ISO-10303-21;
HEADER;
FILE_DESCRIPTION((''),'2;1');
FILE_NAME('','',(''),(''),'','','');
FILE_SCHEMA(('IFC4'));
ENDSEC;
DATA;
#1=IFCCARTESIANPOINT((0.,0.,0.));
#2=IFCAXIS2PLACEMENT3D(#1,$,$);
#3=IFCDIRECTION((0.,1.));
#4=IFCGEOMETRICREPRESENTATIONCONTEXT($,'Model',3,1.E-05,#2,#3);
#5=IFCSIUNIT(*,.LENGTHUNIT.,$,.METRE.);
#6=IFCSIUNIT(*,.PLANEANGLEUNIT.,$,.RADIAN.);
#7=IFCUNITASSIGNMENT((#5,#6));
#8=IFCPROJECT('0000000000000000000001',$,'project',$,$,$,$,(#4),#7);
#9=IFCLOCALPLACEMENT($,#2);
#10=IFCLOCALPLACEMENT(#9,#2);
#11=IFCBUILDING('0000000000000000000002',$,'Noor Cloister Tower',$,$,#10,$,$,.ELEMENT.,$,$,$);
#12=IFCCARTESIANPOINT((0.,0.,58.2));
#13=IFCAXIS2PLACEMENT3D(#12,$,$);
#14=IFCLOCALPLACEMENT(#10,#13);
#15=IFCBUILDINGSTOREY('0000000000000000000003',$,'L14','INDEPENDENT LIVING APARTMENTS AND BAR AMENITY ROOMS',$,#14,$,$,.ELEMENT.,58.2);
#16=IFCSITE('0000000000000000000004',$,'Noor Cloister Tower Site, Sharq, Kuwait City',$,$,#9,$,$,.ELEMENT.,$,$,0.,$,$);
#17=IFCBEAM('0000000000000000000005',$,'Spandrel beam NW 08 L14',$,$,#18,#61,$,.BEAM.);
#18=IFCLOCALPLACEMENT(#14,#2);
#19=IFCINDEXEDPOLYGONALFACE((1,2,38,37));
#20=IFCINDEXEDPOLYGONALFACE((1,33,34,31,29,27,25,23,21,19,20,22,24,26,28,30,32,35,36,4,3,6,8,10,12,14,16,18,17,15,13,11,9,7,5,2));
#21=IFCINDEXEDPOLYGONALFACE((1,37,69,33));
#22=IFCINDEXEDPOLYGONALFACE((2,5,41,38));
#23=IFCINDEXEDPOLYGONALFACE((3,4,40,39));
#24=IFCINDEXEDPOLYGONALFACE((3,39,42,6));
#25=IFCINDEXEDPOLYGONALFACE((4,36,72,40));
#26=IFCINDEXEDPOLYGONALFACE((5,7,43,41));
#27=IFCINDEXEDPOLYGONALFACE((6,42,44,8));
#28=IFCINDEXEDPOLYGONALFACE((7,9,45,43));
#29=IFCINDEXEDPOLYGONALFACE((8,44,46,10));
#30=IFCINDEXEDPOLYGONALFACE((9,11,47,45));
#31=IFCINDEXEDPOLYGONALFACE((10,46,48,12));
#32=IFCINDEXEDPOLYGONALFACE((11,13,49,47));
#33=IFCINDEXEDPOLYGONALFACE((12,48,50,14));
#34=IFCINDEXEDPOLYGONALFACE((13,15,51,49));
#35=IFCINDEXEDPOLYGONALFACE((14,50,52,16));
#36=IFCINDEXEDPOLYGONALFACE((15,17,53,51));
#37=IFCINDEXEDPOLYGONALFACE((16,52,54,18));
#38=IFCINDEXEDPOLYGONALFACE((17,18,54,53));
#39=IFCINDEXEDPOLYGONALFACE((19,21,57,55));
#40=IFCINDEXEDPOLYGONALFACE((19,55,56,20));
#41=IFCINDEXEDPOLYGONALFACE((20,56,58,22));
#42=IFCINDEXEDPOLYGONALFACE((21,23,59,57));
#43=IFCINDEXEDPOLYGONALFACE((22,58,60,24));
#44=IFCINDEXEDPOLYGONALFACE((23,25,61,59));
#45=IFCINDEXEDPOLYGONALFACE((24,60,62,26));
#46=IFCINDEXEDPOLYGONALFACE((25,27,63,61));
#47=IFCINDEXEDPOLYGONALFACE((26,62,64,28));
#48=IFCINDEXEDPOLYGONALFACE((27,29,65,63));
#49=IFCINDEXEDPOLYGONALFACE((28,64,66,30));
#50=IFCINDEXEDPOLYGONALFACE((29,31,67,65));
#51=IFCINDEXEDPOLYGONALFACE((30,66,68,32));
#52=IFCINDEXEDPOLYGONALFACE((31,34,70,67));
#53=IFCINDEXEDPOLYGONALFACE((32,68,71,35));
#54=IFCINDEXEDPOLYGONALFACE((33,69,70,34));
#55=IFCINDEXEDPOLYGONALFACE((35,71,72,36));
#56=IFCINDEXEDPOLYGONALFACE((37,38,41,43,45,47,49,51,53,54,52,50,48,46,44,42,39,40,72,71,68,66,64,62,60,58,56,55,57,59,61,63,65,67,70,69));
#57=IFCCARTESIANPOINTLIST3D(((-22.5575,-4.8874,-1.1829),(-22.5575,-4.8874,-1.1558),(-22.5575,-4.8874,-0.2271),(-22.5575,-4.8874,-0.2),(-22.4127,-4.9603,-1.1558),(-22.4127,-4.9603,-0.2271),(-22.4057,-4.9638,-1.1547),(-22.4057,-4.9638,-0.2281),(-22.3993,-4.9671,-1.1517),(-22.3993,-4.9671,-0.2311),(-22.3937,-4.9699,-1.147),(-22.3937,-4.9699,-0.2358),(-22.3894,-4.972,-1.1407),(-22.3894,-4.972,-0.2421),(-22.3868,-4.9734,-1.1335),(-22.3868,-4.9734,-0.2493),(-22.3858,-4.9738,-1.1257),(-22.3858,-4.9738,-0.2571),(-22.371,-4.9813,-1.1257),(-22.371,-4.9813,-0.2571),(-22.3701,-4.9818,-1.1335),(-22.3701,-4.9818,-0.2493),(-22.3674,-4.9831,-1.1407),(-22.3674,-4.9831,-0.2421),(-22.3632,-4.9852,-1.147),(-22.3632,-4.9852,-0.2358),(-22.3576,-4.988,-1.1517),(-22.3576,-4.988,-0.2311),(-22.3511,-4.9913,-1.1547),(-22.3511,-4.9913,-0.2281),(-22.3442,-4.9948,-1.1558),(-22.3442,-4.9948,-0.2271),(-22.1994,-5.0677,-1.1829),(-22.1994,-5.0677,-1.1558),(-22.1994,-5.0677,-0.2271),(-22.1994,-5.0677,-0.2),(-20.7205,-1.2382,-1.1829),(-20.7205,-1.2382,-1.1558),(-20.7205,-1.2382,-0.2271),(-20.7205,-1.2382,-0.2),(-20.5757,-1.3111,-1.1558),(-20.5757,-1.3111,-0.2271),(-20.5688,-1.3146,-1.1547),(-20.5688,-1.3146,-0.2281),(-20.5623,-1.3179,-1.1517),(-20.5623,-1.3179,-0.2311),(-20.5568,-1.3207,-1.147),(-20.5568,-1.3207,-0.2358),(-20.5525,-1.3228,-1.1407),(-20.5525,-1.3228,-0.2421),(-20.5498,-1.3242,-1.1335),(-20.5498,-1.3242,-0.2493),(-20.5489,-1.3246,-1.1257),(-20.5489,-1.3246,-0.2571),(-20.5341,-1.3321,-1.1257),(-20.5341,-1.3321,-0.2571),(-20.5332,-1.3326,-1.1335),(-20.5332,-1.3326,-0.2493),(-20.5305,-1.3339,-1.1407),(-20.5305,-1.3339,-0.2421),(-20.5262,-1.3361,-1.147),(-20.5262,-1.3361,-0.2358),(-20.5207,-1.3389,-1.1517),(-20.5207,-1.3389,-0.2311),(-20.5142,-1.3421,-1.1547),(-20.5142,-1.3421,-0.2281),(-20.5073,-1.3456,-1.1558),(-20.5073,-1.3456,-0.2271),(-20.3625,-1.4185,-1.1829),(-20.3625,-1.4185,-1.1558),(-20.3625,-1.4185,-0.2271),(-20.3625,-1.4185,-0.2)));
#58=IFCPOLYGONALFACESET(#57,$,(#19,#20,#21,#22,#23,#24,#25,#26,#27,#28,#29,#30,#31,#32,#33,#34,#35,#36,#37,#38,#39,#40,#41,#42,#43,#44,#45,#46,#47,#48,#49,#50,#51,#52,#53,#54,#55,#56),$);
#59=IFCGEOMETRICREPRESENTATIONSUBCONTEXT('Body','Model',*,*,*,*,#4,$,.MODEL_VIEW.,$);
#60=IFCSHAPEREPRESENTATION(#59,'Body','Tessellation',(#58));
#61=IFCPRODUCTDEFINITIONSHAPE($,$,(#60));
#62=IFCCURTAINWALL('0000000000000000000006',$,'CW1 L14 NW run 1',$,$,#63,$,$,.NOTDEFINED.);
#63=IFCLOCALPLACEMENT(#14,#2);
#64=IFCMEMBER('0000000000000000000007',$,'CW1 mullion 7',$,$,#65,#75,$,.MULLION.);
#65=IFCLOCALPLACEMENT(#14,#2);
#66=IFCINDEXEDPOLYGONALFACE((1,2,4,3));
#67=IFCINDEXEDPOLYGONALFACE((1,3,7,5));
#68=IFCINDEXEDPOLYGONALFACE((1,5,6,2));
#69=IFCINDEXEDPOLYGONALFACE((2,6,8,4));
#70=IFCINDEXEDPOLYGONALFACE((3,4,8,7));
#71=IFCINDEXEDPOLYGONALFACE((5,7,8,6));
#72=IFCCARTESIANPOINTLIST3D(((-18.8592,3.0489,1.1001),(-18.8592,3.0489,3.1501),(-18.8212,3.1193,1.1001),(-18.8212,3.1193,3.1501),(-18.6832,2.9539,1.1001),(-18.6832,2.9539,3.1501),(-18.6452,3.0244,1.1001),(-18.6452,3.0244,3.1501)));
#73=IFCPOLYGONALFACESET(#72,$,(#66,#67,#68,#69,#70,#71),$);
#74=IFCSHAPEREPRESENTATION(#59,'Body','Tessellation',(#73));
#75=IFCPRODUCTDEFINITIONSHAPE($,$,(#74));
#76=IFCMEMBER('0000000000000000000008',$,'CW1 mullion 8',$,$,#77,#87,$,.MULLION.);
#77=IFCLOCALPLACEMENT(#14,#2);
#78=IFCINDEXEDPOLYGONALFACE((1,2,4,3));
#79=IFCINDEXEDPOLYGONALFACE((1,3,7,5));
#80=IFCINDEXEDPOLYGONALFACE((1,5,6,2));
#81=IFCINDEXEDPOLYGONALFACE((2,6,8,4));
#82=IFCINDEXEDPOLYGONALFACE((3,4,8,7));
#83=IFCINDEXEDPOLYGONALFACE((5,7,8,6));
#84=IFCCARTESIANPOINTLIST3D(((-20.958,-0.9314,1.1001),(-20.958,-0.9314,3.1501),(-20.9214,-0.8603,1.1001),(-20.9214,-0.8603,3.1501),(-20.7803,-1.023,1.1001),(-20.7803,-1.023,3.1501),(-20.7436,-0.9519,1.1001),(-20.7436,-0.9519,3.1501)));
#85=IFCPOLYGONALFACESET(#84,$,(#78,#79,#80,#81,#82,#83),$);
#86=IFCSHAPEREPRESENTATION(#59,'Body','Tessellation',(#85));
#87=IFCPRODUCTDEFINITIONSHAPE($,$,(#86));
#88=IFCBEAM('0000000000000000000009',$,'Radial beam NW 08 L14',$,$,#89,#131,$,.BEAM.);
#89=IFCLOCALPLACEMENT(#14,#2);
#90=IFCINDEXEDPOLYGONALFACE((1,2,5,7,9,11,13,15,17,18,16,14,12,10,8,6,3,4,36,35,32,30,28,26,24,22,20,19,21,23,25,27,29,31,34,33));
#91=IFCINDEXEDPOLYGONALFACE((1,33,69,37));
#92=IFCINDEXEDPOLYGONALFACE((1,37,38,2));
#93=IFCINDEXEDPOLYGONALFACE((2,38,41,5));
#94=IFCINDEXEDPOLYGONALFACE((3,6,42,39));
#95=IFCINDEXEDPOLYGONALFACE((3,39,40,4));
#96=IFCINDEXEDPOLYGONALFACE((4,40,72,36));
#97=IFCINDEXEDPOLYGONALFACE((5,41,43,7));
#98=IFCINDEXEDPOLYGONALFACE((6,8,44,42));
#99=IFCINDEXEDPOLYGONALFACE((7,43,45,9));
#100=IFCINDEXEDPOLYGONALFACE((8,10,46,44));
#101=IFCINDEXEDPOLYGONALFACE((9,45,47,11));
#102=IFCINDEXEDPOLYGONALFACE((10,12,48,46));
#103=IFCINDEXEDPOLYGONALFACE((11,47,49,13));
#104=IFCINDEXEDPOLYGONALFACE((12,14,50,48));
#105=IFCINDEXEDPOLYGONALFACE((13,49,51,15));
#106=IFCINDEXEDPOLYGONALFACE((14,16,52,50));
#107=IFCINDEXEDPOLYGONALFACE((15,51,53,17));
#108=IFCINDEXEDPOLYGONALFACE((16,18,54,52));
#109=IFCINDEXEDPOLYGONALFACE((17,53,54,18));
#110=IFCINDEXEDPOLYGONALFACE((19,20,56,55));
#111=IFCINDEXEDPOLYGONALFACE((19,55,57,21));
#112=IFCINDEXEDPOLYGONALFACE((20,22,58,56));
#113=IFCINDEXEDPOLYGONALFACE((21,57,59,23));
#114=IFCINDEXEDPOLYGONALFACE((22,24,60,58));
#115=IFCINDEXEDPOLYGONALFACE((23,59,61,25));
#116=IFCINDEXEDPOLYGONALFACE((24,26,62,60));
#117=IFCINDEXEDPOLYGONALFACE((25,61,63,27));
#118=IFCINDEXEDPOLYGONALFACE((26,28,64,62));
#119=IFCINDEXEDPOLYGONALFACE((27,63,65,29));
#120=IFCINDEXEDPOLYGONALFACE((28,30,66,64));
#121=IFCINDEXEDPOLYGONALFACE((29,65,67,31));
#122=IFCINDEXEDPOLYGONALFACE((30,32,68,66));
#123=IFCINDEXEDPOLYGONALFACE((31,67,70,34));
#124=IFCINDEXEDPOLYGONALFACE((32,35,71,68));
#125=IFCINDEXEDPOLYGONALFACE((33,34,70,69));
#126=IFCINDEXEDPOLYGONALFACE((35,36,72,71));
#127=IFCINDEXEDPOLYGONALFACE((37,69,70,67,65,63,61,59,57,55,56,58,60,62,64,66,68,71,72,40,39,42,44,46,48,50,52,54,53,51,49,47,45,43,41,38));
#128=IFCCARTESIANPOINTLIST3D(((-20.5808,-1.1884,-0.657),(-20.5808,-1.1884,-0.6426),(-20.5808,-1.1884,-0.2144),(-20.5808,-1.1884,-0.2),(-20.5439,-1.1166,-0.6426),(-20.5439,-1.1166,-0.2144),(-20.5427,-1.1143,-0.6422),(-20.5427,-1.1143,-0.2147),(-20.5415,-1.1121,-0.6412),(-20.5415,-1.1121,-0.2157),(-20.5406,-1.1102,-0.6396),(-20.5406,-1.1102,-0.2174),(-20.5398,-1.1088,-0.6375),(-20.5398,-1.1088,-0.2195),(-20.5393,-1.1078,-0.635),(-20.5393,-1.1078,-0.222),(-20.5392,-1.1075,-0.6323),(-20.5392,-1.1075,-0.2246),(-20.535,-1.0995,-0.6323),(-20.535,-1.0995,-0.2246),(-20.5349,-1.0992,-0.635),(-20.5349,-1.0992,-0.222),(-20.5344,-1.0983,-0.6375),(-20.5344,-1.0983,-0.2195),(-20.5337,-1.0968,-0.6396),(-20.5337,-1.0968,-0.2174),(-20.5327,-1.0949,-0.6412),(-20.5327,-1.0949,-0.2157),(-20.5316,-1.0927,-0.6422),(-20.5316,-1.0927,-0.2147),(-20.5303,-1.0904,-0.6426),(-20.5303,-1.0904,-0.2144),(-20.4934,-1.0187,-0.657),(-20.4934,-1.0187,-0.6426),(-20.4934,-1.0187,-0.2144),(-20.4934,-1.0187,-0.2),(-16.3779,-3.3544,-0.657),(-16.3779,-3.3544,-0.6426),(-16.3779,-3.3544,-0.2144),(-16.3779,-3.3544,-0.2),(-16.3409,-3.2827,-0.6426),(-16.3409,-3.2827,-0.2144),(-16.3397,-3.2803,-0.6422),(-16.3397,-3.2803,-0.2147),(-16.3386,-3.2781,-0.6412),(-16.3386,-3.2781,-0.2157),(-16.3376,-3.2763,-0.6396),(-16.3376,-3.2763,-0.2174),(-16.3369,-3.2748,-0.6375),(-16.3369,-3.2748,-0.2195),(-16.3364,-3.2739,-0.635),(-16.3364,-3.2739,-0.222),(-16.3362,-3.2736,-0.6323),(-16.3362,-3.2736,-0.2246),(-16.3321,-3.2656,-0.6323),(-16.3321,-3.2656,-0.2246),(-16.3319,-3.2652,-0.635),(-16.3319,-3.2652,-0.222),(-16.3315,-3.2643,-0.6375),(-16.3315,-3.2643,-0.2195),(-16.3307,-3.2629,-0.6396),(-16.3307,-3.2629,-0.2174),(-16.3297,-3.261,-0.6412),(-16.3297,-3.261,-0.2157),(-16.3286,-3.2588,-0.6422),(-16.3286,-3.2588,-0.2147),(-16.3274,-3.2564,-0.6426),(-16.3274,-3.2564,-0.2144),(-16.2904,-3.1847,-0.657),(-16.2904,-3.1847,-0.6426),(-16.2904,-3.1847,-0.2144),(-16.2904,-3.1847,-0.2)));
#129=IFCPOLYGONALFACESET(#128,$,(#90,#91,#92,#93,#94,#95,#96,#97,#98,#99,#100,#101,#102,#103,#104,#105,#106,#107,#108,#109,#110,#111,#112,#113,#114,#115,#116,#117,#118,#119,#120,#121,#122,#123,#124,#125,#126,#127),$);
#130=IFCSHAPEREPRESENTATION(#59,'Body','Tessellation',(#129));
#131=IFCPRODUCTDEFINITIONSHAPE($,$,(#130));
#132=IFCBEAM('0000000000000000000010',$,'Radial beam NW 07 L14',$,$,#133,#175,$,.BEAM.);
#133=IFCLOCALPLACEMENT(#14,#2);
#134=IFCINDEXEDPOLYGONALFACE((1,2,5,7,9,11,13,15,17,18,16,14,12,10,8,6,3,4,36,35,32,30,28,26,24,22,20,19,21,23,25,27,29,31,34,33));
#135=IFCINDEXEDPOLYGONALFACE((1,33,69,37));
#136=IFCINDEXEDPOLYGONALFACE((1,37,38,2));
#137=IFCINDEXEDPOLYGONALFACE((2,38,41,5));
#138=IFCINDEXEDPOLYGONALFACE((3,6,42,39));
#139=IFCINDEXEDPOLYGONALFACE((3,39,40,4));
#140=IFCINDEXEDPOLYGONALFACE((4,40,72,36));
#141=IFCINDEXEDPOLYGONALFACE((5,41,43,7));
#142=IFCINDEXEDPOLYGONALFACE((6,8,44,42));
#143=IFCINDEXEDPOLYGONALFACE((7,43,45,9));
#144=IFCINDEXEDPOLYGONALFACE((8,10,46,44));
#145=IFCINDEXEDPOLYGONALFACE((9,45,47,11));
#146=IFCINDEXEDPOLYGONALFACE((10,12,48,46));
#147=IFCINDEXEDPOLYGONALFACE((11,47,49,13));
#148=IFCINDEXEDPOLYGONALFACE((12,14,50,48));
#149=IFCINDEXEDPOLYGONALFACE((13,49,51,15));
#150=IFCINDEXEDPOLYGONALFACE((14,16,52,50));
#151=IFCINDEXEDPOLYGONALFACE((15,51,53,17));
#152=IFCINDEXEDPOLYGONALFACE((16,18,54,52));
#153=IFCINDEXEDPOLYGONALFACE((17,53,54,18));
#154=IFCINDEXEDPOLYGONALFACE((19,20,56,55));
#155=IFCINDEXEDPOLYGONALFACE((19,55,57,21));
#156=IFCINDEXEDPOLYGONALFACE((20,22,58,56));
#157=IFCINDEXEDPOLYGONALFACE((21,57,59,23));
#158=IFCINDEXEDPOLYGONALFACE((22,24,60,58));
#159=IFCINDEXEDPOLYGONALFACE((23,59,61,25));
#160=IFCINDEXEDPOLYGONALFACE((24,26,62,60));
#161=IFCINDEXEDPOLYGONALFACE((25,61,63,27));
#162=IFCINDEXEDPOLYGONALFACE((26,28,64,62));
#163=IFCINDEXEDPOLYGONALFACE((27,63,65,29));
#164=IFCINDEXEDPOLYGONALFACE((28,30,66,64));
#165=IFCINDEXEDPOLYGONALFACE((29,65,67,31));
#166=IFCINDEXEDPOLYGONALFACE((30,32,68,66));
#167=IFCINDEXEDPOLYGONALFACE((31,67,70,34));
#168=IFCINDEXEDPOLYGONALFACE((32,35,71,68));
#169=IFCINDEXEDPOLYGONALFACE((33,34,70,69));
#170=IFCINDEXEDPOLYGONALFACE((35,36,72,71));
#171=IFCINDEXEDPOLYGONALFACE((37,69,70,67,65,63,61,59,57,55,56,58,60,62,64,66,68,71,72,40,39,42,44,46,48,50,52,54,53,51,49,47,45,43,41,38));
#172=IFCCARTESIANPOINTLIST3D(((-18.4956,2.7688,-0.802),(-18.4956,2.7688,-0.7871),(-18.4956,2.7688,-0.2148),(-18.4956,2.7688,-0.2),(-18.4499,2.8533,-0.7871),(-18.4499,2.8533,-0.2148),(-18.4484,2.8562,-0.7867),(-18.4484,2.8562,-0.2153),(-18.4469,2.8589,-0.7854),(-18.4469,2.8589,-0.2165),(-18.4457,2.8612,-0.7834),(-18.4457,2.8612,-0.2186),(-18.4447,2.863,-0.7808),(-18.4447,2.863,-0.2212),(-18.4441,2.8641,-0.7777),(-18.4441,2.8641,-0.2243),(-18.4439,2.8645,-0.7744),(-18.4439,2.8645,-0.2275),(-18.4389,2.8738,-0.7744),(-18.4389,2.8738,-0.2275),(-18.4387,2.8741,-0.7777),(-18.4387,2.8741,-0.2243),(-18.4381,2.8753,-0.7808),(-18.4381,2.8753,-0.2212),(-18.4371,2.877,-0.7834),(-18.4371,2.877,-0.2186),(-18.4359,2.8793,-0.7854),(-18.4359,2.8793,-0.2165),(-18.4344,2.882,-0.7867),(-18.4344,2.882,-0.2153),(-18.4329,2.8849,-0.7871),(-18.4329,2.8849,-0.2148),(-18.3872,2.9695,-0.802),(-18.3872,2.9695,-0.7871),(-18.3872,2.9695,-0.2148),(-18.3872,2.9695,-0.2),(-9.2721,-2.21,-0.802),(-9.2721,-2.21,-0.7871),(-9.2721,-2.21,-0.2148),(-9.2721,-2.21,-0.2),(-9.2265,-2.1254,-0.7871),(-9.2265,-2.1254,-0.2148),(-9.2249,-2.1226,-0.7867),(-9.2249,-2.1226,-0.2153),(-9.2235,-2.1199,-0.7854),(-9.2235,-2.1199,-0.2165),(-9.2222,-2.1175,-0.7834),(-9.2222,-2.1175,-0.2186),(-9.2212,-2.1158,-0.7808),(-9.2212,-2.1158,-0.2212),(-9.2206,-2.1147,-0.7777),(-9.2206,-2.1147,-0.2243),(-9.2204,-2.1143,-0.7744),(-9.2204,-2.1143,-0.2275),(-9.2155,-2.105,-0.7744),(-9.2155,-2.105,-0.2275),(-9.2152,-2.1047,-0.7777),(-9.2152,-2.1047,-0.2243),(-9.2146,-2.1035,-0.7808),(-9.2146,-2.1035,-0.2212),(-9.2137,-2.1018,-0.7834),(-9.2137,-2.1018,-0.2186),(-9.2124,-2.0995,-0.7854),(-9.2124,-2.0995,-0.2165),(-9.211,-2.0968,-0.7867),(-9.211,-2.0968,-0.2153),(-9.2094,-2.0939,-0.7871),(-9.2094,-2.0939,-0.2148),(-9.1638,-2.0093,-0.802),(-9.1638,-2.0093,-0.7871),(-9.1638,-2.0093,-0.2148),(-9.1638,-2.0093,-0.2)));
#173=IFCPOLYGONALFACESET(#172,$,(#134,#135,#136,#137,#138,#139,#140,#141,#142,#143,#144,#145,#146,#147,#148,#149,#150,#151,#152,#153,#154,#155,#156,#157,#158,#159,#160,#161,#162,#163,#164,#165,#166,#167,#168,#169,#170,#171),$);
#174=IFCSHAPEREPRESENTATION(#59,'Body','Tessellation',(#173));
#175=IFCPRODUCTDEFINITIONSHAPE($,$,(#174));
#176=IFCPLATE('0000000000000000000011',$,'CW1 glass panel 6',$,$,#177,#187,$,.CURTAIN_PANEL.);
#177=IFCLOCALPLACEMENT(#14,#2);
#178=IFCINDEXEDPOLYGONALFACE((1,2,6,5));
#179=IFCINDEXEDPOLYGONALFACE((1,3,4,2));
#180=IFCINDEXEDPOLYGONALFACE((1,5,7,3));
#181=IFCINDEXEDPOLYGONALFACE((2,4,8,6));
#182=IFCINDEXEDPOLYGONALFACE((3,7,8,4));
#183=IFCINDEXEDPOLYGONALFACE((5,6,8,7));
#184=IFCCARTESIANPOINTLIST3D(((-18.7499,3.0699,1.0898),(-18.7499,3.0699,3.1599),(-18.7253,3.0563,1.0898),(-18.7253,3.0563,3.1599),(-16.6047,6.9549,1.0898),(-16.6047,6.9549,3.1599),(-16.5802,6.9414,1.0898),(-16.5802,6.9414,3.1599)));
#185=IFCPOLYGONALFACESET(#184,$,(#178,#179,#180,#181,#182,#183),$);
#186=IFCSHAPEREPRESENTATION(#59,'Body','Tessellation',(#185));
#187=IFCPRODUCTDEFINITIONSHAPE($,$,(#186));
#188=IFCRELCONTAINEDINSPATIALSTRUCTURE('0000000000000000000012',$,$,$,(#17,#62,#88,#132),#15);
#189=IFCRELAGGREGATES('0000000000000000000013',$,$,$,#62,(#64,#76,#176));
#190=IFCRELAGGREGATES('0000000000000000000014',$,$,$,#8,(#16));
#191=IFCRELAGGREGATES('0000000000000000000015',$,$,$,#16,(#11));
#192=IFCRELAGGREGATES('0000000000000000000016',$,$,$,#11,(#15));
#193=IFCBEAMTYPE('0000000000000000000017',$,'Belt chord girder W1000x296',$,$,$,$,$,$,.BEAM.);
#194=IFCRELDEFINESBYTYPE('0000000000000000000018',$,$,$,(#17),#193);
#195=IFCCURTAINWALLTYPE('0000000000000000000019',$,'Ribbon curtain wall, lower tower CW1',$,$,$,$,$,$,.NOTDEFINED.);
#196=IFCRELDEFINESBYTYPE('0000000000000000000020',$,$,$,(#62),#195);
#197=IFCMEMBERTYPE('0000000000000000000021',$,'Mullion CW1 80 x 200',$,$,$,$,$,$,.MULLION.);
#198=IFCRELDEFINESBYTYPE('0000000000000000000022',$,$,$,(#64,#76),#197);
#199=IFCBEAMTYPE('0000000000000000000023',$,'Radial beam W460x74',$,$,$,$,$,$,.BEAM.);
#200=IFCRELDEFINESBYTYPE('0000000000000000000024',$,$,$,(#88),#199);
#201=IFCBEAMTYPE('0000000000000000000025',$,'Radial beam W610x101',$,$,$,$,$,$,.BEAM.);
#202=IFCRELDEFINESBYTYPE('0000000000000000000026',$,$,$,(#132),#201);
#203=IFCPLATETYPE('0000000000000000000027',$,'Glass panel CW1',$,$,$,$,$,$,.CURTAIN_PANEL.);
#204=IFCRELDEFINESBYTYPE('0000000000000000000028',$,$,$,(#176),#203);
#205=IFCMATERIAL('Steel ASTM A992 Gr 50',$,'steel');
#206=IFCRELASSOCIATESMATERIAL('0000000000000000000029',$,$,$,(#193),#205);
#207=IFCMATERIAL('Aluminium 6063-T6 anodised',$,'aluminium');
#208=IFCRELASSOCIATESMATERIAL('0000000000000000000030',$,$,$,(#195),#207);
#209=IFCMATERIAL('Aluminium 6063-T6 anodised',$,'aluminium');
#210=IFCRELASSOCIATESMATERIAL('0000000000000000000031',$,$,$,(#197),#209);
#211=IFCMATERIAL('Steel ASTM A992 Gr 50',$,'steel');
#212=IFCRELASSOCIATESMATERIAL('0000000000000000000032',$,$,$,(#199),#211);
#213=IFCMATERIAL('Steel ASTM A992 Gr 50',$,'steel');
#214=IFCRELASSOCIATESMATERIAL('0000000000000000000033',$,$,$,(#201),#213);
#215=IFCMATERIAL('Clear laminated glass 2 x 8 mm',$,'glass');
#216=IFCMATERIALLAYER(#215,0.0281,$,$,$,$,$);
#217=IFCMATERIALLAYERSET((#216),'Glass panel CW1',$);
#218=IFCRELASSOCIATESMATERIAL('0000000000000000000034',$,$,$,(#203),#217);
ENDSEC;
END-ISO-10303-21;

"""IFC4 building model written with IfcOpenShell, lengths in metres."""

from ifc_helpers import new_model, si_unit, direction, frame, origin, origin_2d, place, context, subcontext, project, spatial, rectangle, i_section, extrude, material, layer, layer_set, material_profile, profile_set, type_object, element, aggregate, save


model = new_model("IFC4")

# Units and contexts
model_context = context("Model", 3, precision=1e-05, world=origin(), true_north=direction((0.0, 1.0)))
body_context = subcontext(model_context, "Body", "Model", "MODEL_VIEW")
ifc_project = project(units=[si_unit("LENGTHUNIT", "METRE"), si_unit("PLANEANGLEUNIT", "RADIAN")], contexts=[model_context])

# Site, building, storey
site_placement = place(None, origin())
site = spatial("IfcSite", under=ifc_project, at=site_placement, Name="Noor Cloister Tower Site, Sharq, Kuwait City", CompositionType="ELEMENT", RefElevation=0.0)
building_placement = place(site_placement, origin())
building = spatial("IfcBuilding", under=site, at=building_placement, Name="Noor Cloister Tower", CompositionType="ELEMENT")
storey_placement = place(building_placement, frame((0.0, 0.0, 58.2)))
storey = spatial("IfcBuildingStorey", under=building, at=storey_placement, Name="L14", Description="INDEPENDENT LIVING APARTMENTS AND BAR AMENITY ROOMS", CompositionType="ELEMENT", Elevation=58.2)

# Beam
ifc_material_1 = material(Name="Steel ASTM A992 Gr 50", Category="steel")
ifc_material_profile_1 = material_profile(ifc_material_1, i_section(OverallWidth=0.4009, OverallDepth=0.9829, WebThickness=0.0166, FlangeThickness=0.0271, FilletRadius=0.03, at=origin_2d()), Name="W1000x296")
ifc_profile_set_1 = profile_set([ifc_material_profile_1], Name="Steel ASTM A992 Gr 50")
beam_type_1 = type_object("IfcBeamType", Name="Belt chord girder W1000x296", PredefinedType="BEAM", material=ifc_profile_set_1)
for number, where, z_axis, x_axis, name in (
    (1, (-20.5415, -1.3284, -0.6914), (-0.449626, -0.893217, 0.0), (0.893217, -0.449626, 0.0), "Spandrel beam NW 08 L14"),
):
    element("IfcBeam", number, at=place(storey_placement, frame(where, z_axis=z_axis, x_axis=x_axis)), inside=storey, type_object=beam_type_1, Name=name, PredefinedType="BEAM", context=body_context, shape_type="SweptSolid", body=[
        extrude(i_section(OverallWidth=0.4009, OverallDepth=0.9829, WebThickness=0.0166, FlangeThickness=0.0271, FilletRadius=0.03, at=origin_2d()), origin(), (0.0, 0.0, 1.0), 4.0854),
    ])

# Curtain wall, members
ifc_material_2 = material(Name="Aluminium 6063-T6 anodised", Category="aluminium")
curtain_wall_type = type_object("IfcCurtainWallType", Name="Ribbon curtain wall, lower tower CW1", PredefinedType="NOTDEFINED", material=ifc_material_2)
curtain_wall_placement = place(storey_placement, origin())
curtain_wall = element("IfcCurtainWall", 2, at=curtain_wall_placement, inside=storey, type_object=curtain_wall_type, Name="CW1 L14 NW run 1", PredefinedType="NOTDEFINED")
ifc_material_3 = material(Name="Aluminium 6063-T6 anodised", Category="aluminium")
ifc_material_profile_2 = material_profile(ifc_material_3, rectangle(XDim=0.2, YDim=0.0801, at=origin_2d()), Name="200 x 80 mullion")
ifc_profile_set_2 = profile_set([ifc_material_profile_2], Name="Aluminium 6063-T6 anodised")
member_type = type_object("IfcMemberType", Name="Mullion CW1 80 x 200", PredefinedType="MULLION", material=ifc_profile_set_2)
member_1_placement = place(storey_placement, frame((-18.7522, 3.0366, 1.1001), z_axis=(0.0, 0.0, 1.0), x_axis=(0.87999, -0.474991, 0.0)))
member_1 = element("IfcMember", 3, at=member_1_placement, type_object=member_type, Name="CW1 mullion 7", PredefinedType="MULLION", context=body_context, shape_type="SweptSolid", body=[
    extrude(rectangle(XDim=0.2, YDim=0.0801, at=origin_2d()), origin(), (0.0, 0.0, 1.0), 2.05),
])
member_2_placement = place(storey_placement, frame((-20.8508, -0.9417, 1.1001), z_axis=(0.0, 0.0, 1.0), x_axis=(0.8889, -0.458101, 0.0)))
member_2 = element("IfcMember", 4, at=member_2_placement, type_object=member_type, Name="CW1 mullion 8", PredefinedType="MULLION", context=body_context, shape_type="SweptSolid", body=[
    extrude(rectangle(XDim=0.2, YDim=0.0801, at=origin_2d()), origin(), (0.0, 0.0, 1.0), 2.05),
])

# Beams
ifc_material_4 = material(Name="Steel ASTM A992 Gr 50", Category="steel")
ifc_material_profile_3 = material_profile(ifc_material_4, i_section(OverallWidth=0.1909, OverallDepth=0.457, WebThickness=0.009, FlangeThickness=0.0144, FilletRadius=0.0103, at=origin_2d()), Name="W460x74")
ifc_profile_set_3 = profile_set([ifc_material_profile_3], Name="Steel ASTM A992 Gr 50")
beam_type_2 = type_object("IfcBeamType", Name="Radial beam W460x74", PredefinedType="BEAM", material=ifc_profile_set_3)
beam_1_placement = place(storey_placement, frame((-20.5371, -1.1035, -0.4285), z_axis=(0.888897, -0.458106, 0.0), x_axis=(0.458106, 0.888897, 0.0)))
element("IfcBeam", 5, at=beam_1_placement, inside=storey, type_object=beam_type_2, Name="Radial beam NW 08 L14", PredefinedType="BEAM", context=body_context, shape_type="SweptSolid", body=[
    extrude(i_section(OverallWidth=0.1909, OverallDepth=0.457, WebThickness=0.009, FlangeThickness=0.0144, FilletRadius=0.0103, at=origin_2d()), origin(), (0.0, 0.0, 1.0), 4.7283),
])
ifc_material_5 = material(Name="Steel ASTM A992 Gr 50", Category="steel")
ifc_material_profile_4 = material_profile(ifc_material_5, i_section(OverallWidth=0.228, OverallDepth=0.6021, WebThickness=0.0105, FlangeThickness=0.0149, FilletRadius=0.0127, at=origin_2d()), Name="W610x101")
ifc_profile_set_4 = profile_set([ifc_material_profile_4], Name="Steel ASTM A992 Gr 50")
beam_type_3 = type_object("IfcBeamType", Name="Radial beam W610x101", PredefinedType="BEAM", material=ifc_profile_set_4)
beam_2_placement = place(storey_placement, frame((-18.4414, 2.8691, -0.501), z_axis=(0.87998, -0.475011, 0.0), x_axis=(0.475011, 0.87998, 0.0)))
element("IfcBeam", 6, at=beam_2_placement, inside=storey, type_object=beam_type_3, Name="Radial beam NW 07 L14", PredefinedType="BEAM", context=body_context, shape_type="SweptSolid", body=[
    extrude(i_section(OverallWidth=0.228, OverallDepth=0.6021, WebThickness=0.0105, FlangeThickness=0.0149, FilletRadius=0.0127, at=origin_2d()), origin(), (0.0, 0.0, 1.0), 10.4814),
])

# Plate
ifc_material_6 = material(Name="Clear laminated glass 2 x 8 mm", Category="glass")
ifc_layer_1 = layer(ifc_material_6, 0.0281)
ifc_layer_set_1 = layer_set([ifc_layer_1], Name="Glass panel CW1")
plate_type = type_object("IfcPlateType", Name="Glass panel CW1", PredefinedType="CURTAIN_PANEL", material=ifc_layer_set_1)
plate_1_placement = place(storey_placement, frame((-17.665, 5.0056, 1.0898), z_axis=(0.0, 0.0, 1.0), x_axis=(-0.483372, -0.875415, 0.0)))
plate_1 = element("IfcPlate", 7, at=plate_1_placement, type_object=plate_type, Name="CW1 glass panel 6", PredefinedType="CURTAIN_PANEL", context=body_context, shape_type="SweptSolid", body=[
    extrude(rectangle(XDim=4.438, YDim=0.0281, at=origin_2d()), origin(), (0.0, 0.0, 1.0), 2.0701),
])
aggregate(curtain_wall, [member_1, member_2, plate_1])

save(model, "model.ifc")
